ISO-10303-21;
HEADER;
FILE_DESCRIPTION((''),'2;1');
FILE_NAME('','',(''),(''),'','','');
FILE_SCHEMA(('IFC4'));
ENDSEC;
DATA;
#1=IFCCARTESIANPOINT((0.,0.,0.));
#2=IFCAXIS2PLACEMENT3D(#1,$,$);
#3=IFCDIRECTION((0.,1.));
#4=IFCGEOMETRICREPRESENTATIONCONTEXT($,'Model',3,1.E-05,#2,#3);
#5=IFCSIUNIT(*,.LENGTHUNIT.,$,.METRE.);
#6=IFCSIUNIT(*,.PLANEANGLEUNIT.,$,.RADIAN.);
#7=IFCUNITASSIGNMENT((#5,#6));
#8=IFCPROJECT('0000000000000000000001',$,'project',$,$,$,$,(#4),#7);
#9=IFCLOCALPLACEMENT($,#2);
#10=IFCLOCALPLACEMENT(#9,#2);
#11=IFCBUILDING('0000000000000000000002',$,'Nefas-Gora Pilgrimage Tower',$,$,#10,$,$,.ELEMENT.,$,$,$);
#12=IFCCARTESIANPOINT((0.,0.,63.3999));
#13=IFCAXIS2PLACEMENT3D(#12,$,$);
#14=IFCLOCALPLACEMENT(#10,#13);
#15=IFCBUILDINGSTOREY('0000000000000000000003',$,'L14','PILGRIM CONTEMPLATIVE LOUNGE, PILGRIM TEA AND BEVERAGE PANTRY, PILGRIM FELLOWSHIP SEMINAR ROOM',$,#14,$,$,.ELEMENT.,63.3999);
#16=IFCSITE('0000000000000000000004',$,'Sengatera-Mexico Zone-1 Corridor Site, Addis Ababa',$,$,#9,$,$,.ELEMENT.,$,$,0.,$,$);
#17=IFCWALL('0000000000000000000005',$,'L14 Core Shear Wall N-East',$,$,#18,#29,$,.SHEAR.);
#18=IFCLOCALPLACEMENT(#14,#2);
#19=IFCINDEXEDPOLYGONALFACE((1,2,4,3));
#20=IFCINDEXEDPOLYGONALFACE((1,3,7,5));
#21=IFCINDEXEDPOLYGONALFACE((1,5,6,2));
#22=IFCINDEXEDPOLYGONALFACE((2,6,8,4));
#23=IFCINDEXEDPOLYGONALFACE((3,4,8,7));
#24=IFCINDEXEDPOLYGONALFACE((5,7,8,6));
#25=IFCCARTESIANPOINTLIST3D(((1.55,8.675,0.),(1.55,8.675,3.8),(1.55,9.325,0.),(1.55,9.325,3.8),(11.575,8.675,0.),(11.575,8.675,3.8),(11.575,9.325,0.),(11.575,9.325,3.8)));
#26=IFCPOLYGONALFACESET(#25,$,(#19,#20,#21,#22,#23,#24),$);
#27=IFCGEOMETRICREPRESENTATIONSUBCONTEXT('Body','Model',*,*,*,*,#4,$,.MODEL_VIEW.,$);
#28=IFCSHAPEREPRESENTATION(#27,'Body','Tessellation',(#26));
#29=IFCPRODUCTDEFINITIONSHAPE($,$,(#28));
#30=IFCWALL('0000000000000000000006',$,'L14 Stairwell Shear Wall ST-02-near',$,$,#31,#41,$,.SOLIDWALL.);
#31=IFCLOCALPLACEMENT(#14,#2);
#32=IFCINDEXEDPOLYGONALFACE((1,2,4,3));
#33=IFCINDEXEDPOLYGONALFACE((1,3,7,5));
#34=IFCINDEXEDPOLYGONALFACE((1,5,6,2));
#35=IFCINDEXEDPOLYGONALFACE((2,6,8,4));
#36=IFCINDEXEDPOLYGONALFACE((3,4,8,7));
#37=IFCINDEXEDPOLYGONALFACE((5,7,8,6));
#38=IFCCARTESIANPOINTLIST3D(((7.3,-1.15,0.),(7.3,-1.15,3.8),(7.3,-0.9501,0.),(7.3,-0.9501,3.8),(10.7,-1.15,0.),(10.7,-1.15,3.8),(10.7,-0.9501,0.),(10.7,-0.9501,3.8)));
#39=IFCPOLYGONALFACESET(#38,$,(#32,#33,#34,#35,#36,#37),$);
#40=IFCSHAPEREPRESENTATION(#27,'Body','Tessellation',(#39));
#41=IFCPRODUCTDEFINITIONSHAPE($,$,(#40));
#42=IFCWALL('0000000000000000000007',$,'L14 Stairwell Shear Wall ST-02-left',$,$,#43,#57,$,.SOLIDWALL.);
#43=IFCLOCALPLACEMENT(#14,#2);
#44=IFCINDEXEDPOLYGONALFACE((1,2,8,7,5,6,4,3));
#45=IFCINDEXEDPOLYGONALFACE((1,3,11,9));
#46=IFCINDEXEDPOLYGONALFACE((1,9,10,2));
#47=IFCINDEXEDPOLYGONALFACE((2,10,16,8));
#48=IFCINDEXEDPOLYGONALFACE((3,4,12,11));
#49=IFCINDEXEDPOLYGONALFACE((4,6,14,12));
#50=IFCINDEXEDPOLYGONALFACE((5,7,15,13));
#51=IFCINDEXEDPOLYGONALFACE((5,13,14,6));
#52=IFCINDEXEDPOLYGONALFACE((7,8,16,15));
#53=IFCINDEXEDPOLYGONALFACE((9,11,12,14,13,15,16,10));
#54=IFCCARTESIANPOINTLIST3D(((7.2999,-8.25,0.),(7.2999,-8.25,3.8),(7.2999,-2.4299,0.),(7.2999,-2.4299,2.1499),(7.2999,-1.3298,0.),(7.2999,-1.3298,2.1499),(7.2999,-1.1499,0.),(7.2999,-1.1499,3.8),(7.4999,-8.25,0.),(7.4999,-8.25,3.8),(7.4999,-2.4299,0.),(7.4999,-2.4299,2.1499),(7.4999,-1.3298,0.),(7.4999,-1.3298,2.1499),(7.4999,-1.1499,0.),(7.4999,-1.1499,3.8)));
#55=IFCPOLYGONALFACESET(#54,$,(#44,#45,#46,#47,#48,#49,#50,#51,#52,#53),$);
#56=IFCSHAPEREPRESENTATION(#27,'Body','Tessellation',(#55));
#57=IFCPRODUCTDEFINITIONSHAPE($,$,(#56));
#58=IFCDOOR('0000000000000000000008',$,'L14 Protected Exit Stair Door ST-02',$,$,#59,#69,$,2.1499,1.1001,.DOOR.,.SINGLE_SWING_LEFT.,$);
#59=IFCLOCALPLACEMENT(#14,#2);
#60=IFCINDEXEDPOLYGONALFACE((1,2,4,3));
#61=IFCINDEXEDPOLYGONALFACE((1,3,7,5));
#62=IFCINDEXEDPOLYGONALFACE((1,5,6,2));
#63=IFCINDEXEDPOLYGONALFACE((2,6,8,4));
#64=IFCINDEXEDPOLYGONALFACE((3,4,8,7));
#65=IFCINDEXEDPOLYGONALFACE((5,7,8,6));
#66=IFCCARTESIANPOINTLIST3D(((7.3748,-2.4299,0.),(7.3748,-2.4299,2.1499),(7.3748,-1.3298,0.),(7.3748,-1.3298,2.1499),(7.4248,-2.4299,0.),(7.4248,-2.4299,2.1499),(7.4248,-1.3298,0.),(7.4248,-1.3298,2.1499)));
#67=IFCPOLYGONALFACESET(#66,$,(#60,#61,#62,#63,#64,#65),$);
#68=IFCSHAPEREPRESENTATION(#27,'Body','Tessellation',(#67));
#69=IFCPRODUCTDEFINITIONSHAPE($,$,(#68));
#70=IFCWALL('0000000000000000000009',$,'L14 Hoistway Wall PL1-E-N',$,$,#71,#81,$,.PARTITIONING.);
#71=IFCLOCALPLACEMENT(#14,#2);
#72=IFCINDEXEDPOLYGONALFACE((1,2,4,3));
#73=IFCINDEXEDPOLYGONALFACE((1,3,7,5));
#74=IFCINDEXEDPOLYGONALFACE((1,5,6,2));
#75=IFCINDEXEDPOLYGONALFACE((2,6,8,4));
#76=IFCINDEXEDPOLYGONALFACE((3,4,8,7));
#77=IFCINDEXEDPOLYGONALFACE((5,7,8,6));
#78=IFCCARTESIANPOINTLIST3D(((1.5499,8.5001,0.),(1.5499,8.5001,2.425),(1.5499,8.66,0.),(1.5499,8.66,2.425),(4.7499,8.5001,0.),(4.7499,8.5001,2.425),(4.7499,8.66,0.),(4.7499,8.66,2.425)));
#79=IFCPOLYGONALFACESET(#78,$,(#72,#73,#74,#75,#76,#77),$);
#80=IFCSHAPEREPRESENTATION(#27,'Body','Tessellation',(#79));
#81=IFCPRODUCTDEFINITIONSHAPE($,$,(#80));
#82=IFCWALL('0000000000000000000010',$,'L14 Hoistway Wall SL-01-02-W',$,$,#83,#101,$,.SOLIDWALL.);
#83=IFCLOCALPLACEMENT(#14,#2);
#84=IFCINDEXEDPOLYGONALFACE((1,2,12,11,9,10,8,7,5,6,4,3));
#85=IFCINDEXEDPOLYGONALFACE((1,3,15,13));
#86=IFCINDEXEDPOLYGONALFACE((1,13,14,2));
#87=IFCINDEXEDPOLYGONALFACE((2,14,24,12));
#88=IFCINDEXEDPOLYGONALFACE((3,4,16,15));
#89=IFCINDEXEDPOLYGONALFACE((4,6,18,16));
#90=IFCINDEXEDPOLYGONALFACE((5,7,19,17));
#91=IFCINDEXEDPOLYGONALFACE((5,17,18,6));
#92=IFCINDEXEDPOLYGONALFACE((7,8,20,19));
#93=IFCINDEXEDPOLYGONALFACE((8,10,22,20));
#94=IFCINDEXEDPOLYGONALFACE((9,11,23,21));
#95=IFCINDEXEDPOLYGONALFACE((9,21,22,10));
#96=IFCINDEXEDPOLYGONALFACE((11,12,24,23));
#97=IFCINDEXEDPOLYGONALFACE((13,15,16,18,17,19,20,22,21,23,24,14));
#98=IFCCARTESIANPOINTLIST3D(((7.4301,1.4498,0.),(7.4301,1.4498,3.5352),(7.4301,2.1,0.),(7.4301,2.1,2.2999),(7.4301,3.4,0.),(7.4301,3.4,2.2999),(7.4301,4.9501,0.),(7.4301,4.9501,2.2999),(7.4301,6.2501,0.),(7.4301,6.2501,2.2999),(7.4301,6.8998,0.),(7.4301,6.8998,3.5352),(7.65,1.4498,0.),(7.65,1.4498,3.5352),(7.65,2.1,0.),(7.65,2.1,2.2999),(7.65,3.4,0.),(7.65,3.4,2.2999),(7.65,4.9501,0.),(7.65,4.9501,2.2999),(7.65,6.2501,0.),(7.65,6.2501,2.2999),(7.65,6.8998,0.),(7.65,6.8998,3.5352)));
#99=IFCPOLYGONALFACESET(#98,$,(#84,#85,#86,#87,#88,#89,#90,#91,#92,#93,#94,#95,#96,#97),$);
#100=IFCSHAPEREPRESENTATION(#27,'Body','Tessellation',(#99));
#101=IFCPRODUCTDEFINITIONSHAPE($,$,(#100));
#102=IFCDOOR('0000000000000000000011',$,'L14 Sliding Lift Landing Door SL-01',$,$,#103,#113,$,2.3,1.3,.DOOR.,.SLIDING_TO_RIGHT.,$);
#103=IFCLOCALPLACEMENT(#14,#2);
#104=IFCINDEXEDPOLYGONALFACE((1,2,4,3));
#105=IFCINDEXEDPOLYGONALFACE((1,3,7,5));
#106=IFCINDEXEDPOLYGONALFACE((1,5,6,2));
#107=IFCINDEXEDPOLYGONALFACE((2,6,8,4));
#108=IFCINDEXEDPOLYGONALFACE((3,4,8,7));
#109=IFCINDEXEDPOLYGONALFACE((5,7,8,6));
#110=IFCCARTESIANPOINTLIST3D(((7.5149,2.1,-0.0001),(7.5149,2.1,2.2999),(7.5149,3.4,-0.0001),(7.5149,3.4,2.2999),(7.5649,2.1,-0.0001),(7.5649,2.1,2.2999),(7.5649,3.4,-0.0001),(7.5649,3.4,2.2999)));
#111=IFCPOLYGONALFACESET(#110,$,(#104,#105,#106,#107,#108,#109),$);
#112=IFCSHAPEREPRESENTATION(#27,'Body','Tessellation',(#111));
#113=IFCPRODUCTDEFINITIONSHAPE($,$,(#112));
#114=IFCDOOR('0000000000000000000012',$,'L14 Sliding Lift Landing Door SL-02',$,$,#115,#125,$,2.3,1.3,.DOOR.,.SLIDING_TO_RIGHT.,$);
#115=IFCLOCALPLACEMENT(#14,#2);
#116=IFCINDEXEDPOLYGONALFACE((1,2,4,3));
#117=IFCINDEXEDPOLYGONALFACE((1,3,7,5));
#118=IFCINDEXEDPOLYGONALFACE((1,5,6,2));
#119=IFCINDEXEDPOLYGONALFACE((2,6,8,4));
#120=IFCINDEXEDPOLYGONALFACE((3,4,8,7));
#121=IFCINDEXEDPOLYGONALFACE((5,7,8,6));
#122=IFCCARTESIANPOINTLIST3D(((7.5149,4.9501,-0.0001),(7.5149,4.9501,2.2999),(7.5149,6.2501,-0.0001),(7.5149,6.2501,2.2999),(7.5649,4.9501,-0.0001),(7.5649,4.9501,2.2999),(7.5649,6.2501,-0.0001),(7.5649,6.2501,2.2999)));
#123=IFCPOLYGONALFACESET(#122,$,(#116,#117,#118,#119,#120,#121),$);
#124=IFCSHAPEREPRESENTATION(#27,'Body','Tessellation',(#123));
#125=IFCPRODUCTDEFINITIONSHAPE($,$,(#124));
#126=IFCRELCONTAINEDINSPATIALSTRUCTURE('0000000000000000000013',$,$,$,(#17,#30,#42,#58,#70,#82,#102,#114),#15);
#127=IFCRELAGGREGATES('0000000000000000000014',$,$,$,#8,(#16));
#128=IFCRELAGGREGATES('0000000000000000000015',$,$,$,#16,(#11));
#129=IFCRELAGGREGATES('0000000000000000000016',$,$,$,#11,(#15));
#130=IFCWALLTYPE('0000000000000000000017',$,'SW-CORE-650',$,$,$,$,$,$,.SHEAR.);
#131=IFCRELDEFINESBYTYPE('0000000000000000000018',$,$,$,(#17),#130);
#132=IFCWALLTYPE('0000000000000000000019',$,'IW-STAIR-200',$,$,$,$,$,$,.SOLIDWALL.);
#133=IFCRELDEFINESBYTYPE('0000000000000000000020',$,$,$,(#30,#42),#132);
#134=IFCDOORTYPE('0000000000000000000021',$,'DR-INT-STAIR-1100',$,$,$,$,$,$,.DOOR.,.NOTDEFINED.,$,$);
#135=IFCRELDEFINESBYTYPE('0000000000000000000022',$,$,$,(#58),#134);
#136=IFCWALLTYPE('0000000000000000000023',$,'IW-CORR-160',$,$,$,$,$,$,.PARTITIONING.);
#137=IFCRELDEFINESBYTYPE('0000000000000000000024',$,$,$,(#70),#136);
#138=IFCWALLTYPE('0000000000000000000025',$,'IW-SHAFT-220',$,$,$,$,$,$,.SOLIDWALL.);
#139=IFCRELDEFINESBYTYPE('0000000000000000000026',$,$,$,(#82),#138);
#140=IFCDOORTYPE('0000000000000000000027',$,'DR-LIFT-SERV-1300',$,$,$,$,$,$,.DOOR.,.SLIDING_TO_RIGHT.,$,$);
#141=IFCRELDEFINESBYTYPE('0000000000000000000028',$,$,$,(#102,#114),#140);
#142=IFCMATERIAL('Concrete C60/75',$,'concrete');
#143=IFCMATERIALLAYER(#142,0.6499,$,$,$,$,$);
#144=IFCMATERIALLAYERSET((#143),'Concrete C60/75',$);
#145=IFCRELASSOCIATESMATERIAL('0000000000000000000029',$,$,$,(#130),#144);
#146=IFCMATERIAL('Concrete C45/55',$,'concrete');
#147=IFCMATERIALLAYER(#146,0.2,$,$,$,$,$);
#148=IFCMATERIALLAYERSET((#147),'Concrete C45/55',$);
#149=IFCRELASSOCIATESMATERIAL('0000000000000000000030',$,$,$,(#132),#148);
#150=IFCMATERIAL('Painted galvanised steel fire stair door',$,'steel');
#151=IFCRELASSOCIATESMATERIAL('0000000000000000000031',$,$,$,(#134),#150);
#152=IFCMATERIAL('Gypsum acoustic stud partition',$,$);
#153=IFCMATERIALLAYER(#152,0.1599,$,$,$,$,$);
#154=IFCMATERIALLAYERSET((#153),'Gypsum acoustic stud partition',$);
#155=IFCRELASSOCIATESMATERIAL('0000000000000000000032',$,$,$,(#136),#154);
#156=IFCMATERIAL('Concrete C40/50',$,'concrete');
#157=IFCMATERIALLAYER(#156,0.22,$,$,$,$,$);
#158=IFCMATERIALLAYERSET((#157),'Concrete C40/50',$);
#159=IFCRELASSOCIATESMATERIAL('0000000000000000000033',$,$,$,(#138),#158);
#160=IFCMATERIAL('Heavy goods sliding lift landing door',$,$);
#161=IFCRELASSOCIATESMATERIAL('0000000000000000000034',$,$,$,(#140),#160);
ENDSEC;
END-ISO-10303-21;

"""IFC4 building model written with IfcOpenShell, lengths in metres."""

from ifc_helpers import new_model, si_unit, direction, frame, frame_2d, origin, place, context, subcontext, project, spatial, rectangle, extrude, source, transform, mapped, material, layer, layer_set, type_object, element, fill, save


model = new_model("IFC4")

# Units and contexts
model_context = context("Model", 3, precision=1e-05, world=origin(), true_north=direction((0.0, 1.0)))
body_context = subcontext(model_context, "Body", "Model", "MODEL_VIEW")
ifc_project = project(units=[si_unit("LENGTHUNIT", "METRE"), si_unit("PLANEANGLEUNIT", "RADIAN")], contexts=[model_context])

# Site, building, storey
site_placement = place(None, origin())
site = spatial("IfcSite", under=ifc_project, at=site_placement, Name="Sengatera-Mexico Zone-1 Corridor Site, Addis Ababa", CompositionType="ELEMENT", RefElevation=0.0)
building_placement = place(site_placement, origin())
building = spatial("IfcBuilding", under=site, at=building_placement, Name="Nefas-Gora Pilgrimage Tower", CompositionType="ELEMENT")
storey_placement = place(building_placement, frame((0.0, 0.0, 63.3999)))
storey = spatial("IfcBuildingStorey", under=building, at=storey_placement, Name="L14", Description="PILGRIM CONTEMPLATIVE LOUNGE, PILGRIM TEA AND BEVERAGE PANTRY, PILGRIM FELLOWSHIP SEMINAR ROOM", CompositionType="ELEMENT", Elevation=63.3999)

# Walls
ifc_material_1 = material(Name="Concrete C60/75", Category="concrete")
ifc_layer_1 = layer(ifc_material_1, 0.6499)
ifc_layer_set_1 = layer_set([ifc_layer_1], Name="Concrete C60/75")
wall_type_1 = type_object("IfcWallType", Name="SW-CORE-650", PredefinedType="SHEAR", material=ifc_layer_set_1)
shared_shape_1 = source(origin(), body_context, "Body", "SweptSolid", [
    extrude(rectangle(XDim=10.0249, YDim=0.6499, at=frame_2d((5.0125, 0.0))), origin(), (0.0, 0.0, 1.0), 3.8),
])
wall_1_placement = place(storey_placement, frame((1.55, 9.0, 0.0), z_axis=(0.0, 0.0, 1.0), x_axis=(1.0, 0.0, 0.0)))
element("IfcWall", 1, at=wall_1_placement, inside=storey, type_object=wall_type_1, Name="L14 Core Shear Wall N-East", PredefinedType="SHEAR", context=body_context, shape_type="MappedRepresentation", body=[
    mapped(shared_shape_1, transform((0.0, 0.0, 0.0), x_axis=(1.0, 0.0, 0.0), y_axis=(0.0, 1.0, 0.0), z_axis=(0.0, 0.0, 1.0), scale=1.0)),
])
ifc_material_2 = material(Name="Concrete C45/55", Category="concrete")
ifc_layer_2 = layer(ifc_material_2, 0.2)
ifc_layer_set_2 = layer_set([ifc_layer_2], Name="Concrete C45/55")
wall_type_2 = type_object("IfcWallType", Name="IW-STAIR-200", PredefinedType="SOLIDWALL", material=ifc_layer_set_2)
shared_shape_2 = source(origin(), body_context, "Body", "SweptSolid", [
    extrude(rectangle(XDim=3.3999, YDim=0.2, at=frame_2d((1.7, 0.0))), origin(), (0.0, 0.0, 1.0), 3.8),
])
wall_2_placement = place(storey_placement, frame((7.3, -1.05, 0.0), z_axis=(0.0, 0.0, 1.0), x_axis=(1.0, 0.0, 0.0)))
element("IfcWall", 2, at=wall_2_placement, inside=storey, type_object=wall_type_2, Name="L14 Stairwell Shear Wall ST-02-near", PredefinedType="SOLIDWALL", context=body_context, shape_type="MappedRepresentation", body=[
    mapped(shared_shape_2, transform((0.0, 0.0, 0.0), x_axis=(1.0, 0.0, 0.0), y_axis=(0.0, 1.0, 0.0), z_axis=(0.0, 0.0, 1.0), scale=1.0)),
])

# Wall, opening, door
shared_shape_3 = source(origin(), body_context, "Body", "SweptSolid", [
    extrude(rectangle(XDim=7.1001, YDim=0.2, at=frame_2d((3.55, 0.0))), origin(), (0.0, 0.0, 1.0), 3.8),
])
wall_3_placement = place(storey_placement, frame((7.3999, -1.1499, 0.0), z_axis=(0.0, 0.0, 1.0), x_axis=(0.0, -1.0, 0.0)))
wall_3 = element("IfcWall", 3, at=wall_3_placement, inside=storey, type_object=wall_type_2, Name="L14 Stairwell Shear Wall ST-02-left", PredefinedType="SOLIDWALL", context=body_context, shape_type="MappedRepresentation", body=[
    mapped(shared_shape_3, transform((0.0, 0.0, 0.0), x_axis=(1.0, 0.0, 0.0), y_axis=(0.0, 1.0, 0.0), z_axis=(0.0, 0.0, 1.0), scale=1.0)),
])
opening_1_placement = place(wall_3_placement, frame((0.1799, 0.0, 0.0)))
opening_1 = element("IfcOpeningElement", 4, at=opening_1_placement, cuts=wall_3, PredefinedType="OPENING", context=body_context, shape_type="SweptSolid", body=[
    extrude(rectangle(XDim=1.1001, YDim=2.1499, at=frame_2d((0.55, 1.075))), frame((0.0, 0.1099, 0.0), z_axis=(0.0, -1.0, 0.0), x_axis=(1.0, 0.0, 0.0)), (0.0, 0.0, 1.0), 0.22),
])
ifc_material_3 = material(Name="Painted galvanised steel fire stair door", Category="steel")
door_type_1 = type_object("IfcDoorType", Name="DR-INT-STAIR-1100", OperationType="NOTDEFINED", PredefinedType="DOOR", material=ifc_material_3)
shared_shape_4 = source(origin(), body_context, "Body", "SweptSolid", [
    extrude(rectangle(XDim=1.1001, YDim=2.1499, at=frame_2d((0.55, 1.075))), frame((0.0, 0.0249, 0.0), z_axis=(0.0, -1.0, 0.0), x_axis=(1.0, 0.0, 0.0)), (0.0, 0.0, 1.0), 0.05),
])
door_1_placement = place(opening_1_placement, origin())
door_1 = element("IfcDoor", 5, at=door_1_placement, inside=storey, type_object=door_type_1, Name="L14 Protected Exit Stair Door ST-02", OperationType="SINGLE_SWING_LEFT", OverallHeight=2.1499, OverallWidth=1.1001, PredefinedType="DOOR", context=body_context, shape_type="MappedRepresentation", body=[
    mapped(shared_shape_4, transform((0.0, 0.0, 0.0), x_axis=(1.0, 0.0, 0.0), y_axis=(0.0, 1.0, 0.0), z_axis=(0.0, 0.0, 1.0), scale=1.0)),
])
fill(opening_1, door_1)

# Wall
ifc_material_4 = material(Name="Gypsum acoustic stud partition")
ifc_layer_3 = layer(ifc_material_4, 0.1599)
ifc_layer_set_3 = layer_set([ifc_layer_3], Name="Gypsum acoustic stud partition")
wall_type_3 = type_object("IfcWallType", Name="IW-CORR-160", PredefinedType="PARTITIONING", material=ifc_layer_set_3)
shared_shape_5 = source(origin(), body_context, "Body", "SweptSolid", [
    extrude(rectangle(XDim=3.2, YDim=0.1599, at=frame_2d((1.6001, 0.0))), origin(), (0.0, 0.0, 1.0), 2.425),
])
wall_4_placement = place(storey_placement, frame((4.75, 8.5801, 0.0), z_axis=(0.0, 0.0, 1.0), x_axis=(-1.0, 0.0, 0.0)))
element("IfcWall", 6, at=wall_4_placement, inside=storey, type_object=wall_type_3, Name="L14 Hoistway Wall PL1-E-N", PredefinedType="PARTITIONING", context=body_context, shape_type="MappedRepresentation", body=[
    mapped(shared_shape_5, transform((0.0, 0.0, 0.0), x_axis=(1.0, 0.0, 0.0), y_axis=(0.0, 1.0, 0.0), z_axis=(0.0, 0.0, 1.0), scale=1.0)),
])

# Wall, openings, doors
ifc_material_5 = material(Name="Concrete C40/50", Category="concrete")
ifc_layer_4 = layer(ifc_material_5, 0.22)
ifc_layer_set_4 = layer_set([ifc_layer_4], Name="Concrete C40/50")
wall_type_4 = type_object("IfcWallType", Name="IW-SHAFT-220", PredefinedType="SOLIDWALL", material=ifc_layer_set_4)
shared_shape_6 = source(origin(), body_context, "Body", "SweptSolid", [
    extrude(rectangle(XDim=5.45, YDim=0.22, at=frame_2d((2.7251, 0.0))), origin(), (0.0, 0.0, 1.0), 3.5352),
])
wall_5_placement = place(storey_placement, frame((7.54, 6.8999, 0.0), z_axis=(0.0, 0.0, 1.0), x_axis=(0.0, -1.0, 0.0)))
wall_5 = element("IfcWall", 7, at=wall_5_placement, inside=storey, type_object=wall_type_4, Name="L14 Hoistway Wall SL-01-02-W", PredefinedType="SOLIDWALL", context=body_context, shape_type="MappedRepresentation", body=[
    mapped(shared_shape_6, transform((0.0, 0.0, 0.0), x_axis=(1.0, 0.0, 0.0), y_axis=(0.0, 1.0, 0.0), z_axis=(0.0, 0.0, 1.0), scale=1.0)),
])
opening_2_placement = place(wall_5_placement, frame((3.5, 0.0, 0.0)))
opening_2 = element("IfcOpeningElement", 8, at=opening_2_placement, cuts=wall_5, PredefinedType="OPENING", context=body_context, shape_type="SweptSolid", body=[
    extrude(rectangle(XDim=1.3, YDim=2.3, at=frame_2d((0.6499, 1.1499))), frame((0.0, 0.1199, 0.0), z_axis=(0.0, -1.0, 0.0), x_axis=(1.0, 0.0, 0.0)), (0.0, 0.0, 1.0), 0.24),
])
opening_3_placement = place(wall_5_placement, frame((0.6499, 0.0, 0.0)))
opening_3 = element("IfcOpeningElement", 9, at=opening_3_placement, cuts=wall_5, PredefinedType="OPENING", context=body_context, shape_type="SweptSolid", body=[
    extrude(rectangle(XDim=1.3, YDim=2.3, at=frame_2d((0.6499, 1.1499))), frame((0.0, 0.1199, 0.0), z_axis=(0.0, -1.0, 0.0), x_axis=(1.0, 0.0, 0.0)), (0.0, 0.0, 1.0), 0.24),
])
ifc_material_6 = material(Name="Heavy goods sliding lift landing door")
door_type_2 = type_object("IfcDoorType", Name="DR-LIFT-SERV-1300", OperationType="SLIDING_TO_RIGHT", PredefinedType="DOOR", material=ifc_material_6)
shared_shape_7 = source(origin(), body_context, "Body", "SweptSolid", [
    extrude(rectangle(XDim=1.3, YDim=2.3, at=frame_2d((0.6499, 1.1499))), frame((0.0, 0.0249, 0.0), z_axis=(0.0, -1.0, 0.0), x_axis=(1.0, 0.0, 0.0)), (0.0, 0.0, 1.0), 0.05),
])
door_2_placement = place(opening_2_placement, origin())
door_2 = element("IfcDoor", 10, at=door_2_placement, inside=storey, type_object=door_type_2, Name="L14 Sliding Lift Landing Door SL-01", OperationType="SLIDING_TO_RIGHT", OverallHeight=2.3, OverallWidth=1.3, PredefinedType="DOOR", context=body_context, shape_type="MappedRepresentation", body=[
    mapped(shared_shape_7, transform((0.0, 0.0, 0.0), x_axis=(1.0, 0.0, 0.0), y_axis=(0.0, 1.0, 0.0), z_axis=(0.0, 0.0, 1.0), scale=1.0)),
])
fill(opening_2, door_2)
door_3_placement = place(opening_3_placement, origin())
door_3 = element("IfcDoor", 11, at=door_3_placement, inside=storey, type_object=door_type_2, Name="L14 Sliding Lift Landing Door SL-02", OperationType="SLIDING_TO_RIGHT", OverallHeight=2.3, OverallWidth=1.3, PredefinedType="DOOR", context=body_context, shape_type="MappedRepresentation", body=[
    mapped(shared_shape_7, transform((0.0, 0.0, 0.0), x_axis=(1.0, 0.0, 0.0), y_axis=(0.0, 1.0, 0.0), z_axis=(0.0, 0.0, 1.0), scale=1.0)),
])
fill(opening_3, door_3)

save(model, "model.ifc")
